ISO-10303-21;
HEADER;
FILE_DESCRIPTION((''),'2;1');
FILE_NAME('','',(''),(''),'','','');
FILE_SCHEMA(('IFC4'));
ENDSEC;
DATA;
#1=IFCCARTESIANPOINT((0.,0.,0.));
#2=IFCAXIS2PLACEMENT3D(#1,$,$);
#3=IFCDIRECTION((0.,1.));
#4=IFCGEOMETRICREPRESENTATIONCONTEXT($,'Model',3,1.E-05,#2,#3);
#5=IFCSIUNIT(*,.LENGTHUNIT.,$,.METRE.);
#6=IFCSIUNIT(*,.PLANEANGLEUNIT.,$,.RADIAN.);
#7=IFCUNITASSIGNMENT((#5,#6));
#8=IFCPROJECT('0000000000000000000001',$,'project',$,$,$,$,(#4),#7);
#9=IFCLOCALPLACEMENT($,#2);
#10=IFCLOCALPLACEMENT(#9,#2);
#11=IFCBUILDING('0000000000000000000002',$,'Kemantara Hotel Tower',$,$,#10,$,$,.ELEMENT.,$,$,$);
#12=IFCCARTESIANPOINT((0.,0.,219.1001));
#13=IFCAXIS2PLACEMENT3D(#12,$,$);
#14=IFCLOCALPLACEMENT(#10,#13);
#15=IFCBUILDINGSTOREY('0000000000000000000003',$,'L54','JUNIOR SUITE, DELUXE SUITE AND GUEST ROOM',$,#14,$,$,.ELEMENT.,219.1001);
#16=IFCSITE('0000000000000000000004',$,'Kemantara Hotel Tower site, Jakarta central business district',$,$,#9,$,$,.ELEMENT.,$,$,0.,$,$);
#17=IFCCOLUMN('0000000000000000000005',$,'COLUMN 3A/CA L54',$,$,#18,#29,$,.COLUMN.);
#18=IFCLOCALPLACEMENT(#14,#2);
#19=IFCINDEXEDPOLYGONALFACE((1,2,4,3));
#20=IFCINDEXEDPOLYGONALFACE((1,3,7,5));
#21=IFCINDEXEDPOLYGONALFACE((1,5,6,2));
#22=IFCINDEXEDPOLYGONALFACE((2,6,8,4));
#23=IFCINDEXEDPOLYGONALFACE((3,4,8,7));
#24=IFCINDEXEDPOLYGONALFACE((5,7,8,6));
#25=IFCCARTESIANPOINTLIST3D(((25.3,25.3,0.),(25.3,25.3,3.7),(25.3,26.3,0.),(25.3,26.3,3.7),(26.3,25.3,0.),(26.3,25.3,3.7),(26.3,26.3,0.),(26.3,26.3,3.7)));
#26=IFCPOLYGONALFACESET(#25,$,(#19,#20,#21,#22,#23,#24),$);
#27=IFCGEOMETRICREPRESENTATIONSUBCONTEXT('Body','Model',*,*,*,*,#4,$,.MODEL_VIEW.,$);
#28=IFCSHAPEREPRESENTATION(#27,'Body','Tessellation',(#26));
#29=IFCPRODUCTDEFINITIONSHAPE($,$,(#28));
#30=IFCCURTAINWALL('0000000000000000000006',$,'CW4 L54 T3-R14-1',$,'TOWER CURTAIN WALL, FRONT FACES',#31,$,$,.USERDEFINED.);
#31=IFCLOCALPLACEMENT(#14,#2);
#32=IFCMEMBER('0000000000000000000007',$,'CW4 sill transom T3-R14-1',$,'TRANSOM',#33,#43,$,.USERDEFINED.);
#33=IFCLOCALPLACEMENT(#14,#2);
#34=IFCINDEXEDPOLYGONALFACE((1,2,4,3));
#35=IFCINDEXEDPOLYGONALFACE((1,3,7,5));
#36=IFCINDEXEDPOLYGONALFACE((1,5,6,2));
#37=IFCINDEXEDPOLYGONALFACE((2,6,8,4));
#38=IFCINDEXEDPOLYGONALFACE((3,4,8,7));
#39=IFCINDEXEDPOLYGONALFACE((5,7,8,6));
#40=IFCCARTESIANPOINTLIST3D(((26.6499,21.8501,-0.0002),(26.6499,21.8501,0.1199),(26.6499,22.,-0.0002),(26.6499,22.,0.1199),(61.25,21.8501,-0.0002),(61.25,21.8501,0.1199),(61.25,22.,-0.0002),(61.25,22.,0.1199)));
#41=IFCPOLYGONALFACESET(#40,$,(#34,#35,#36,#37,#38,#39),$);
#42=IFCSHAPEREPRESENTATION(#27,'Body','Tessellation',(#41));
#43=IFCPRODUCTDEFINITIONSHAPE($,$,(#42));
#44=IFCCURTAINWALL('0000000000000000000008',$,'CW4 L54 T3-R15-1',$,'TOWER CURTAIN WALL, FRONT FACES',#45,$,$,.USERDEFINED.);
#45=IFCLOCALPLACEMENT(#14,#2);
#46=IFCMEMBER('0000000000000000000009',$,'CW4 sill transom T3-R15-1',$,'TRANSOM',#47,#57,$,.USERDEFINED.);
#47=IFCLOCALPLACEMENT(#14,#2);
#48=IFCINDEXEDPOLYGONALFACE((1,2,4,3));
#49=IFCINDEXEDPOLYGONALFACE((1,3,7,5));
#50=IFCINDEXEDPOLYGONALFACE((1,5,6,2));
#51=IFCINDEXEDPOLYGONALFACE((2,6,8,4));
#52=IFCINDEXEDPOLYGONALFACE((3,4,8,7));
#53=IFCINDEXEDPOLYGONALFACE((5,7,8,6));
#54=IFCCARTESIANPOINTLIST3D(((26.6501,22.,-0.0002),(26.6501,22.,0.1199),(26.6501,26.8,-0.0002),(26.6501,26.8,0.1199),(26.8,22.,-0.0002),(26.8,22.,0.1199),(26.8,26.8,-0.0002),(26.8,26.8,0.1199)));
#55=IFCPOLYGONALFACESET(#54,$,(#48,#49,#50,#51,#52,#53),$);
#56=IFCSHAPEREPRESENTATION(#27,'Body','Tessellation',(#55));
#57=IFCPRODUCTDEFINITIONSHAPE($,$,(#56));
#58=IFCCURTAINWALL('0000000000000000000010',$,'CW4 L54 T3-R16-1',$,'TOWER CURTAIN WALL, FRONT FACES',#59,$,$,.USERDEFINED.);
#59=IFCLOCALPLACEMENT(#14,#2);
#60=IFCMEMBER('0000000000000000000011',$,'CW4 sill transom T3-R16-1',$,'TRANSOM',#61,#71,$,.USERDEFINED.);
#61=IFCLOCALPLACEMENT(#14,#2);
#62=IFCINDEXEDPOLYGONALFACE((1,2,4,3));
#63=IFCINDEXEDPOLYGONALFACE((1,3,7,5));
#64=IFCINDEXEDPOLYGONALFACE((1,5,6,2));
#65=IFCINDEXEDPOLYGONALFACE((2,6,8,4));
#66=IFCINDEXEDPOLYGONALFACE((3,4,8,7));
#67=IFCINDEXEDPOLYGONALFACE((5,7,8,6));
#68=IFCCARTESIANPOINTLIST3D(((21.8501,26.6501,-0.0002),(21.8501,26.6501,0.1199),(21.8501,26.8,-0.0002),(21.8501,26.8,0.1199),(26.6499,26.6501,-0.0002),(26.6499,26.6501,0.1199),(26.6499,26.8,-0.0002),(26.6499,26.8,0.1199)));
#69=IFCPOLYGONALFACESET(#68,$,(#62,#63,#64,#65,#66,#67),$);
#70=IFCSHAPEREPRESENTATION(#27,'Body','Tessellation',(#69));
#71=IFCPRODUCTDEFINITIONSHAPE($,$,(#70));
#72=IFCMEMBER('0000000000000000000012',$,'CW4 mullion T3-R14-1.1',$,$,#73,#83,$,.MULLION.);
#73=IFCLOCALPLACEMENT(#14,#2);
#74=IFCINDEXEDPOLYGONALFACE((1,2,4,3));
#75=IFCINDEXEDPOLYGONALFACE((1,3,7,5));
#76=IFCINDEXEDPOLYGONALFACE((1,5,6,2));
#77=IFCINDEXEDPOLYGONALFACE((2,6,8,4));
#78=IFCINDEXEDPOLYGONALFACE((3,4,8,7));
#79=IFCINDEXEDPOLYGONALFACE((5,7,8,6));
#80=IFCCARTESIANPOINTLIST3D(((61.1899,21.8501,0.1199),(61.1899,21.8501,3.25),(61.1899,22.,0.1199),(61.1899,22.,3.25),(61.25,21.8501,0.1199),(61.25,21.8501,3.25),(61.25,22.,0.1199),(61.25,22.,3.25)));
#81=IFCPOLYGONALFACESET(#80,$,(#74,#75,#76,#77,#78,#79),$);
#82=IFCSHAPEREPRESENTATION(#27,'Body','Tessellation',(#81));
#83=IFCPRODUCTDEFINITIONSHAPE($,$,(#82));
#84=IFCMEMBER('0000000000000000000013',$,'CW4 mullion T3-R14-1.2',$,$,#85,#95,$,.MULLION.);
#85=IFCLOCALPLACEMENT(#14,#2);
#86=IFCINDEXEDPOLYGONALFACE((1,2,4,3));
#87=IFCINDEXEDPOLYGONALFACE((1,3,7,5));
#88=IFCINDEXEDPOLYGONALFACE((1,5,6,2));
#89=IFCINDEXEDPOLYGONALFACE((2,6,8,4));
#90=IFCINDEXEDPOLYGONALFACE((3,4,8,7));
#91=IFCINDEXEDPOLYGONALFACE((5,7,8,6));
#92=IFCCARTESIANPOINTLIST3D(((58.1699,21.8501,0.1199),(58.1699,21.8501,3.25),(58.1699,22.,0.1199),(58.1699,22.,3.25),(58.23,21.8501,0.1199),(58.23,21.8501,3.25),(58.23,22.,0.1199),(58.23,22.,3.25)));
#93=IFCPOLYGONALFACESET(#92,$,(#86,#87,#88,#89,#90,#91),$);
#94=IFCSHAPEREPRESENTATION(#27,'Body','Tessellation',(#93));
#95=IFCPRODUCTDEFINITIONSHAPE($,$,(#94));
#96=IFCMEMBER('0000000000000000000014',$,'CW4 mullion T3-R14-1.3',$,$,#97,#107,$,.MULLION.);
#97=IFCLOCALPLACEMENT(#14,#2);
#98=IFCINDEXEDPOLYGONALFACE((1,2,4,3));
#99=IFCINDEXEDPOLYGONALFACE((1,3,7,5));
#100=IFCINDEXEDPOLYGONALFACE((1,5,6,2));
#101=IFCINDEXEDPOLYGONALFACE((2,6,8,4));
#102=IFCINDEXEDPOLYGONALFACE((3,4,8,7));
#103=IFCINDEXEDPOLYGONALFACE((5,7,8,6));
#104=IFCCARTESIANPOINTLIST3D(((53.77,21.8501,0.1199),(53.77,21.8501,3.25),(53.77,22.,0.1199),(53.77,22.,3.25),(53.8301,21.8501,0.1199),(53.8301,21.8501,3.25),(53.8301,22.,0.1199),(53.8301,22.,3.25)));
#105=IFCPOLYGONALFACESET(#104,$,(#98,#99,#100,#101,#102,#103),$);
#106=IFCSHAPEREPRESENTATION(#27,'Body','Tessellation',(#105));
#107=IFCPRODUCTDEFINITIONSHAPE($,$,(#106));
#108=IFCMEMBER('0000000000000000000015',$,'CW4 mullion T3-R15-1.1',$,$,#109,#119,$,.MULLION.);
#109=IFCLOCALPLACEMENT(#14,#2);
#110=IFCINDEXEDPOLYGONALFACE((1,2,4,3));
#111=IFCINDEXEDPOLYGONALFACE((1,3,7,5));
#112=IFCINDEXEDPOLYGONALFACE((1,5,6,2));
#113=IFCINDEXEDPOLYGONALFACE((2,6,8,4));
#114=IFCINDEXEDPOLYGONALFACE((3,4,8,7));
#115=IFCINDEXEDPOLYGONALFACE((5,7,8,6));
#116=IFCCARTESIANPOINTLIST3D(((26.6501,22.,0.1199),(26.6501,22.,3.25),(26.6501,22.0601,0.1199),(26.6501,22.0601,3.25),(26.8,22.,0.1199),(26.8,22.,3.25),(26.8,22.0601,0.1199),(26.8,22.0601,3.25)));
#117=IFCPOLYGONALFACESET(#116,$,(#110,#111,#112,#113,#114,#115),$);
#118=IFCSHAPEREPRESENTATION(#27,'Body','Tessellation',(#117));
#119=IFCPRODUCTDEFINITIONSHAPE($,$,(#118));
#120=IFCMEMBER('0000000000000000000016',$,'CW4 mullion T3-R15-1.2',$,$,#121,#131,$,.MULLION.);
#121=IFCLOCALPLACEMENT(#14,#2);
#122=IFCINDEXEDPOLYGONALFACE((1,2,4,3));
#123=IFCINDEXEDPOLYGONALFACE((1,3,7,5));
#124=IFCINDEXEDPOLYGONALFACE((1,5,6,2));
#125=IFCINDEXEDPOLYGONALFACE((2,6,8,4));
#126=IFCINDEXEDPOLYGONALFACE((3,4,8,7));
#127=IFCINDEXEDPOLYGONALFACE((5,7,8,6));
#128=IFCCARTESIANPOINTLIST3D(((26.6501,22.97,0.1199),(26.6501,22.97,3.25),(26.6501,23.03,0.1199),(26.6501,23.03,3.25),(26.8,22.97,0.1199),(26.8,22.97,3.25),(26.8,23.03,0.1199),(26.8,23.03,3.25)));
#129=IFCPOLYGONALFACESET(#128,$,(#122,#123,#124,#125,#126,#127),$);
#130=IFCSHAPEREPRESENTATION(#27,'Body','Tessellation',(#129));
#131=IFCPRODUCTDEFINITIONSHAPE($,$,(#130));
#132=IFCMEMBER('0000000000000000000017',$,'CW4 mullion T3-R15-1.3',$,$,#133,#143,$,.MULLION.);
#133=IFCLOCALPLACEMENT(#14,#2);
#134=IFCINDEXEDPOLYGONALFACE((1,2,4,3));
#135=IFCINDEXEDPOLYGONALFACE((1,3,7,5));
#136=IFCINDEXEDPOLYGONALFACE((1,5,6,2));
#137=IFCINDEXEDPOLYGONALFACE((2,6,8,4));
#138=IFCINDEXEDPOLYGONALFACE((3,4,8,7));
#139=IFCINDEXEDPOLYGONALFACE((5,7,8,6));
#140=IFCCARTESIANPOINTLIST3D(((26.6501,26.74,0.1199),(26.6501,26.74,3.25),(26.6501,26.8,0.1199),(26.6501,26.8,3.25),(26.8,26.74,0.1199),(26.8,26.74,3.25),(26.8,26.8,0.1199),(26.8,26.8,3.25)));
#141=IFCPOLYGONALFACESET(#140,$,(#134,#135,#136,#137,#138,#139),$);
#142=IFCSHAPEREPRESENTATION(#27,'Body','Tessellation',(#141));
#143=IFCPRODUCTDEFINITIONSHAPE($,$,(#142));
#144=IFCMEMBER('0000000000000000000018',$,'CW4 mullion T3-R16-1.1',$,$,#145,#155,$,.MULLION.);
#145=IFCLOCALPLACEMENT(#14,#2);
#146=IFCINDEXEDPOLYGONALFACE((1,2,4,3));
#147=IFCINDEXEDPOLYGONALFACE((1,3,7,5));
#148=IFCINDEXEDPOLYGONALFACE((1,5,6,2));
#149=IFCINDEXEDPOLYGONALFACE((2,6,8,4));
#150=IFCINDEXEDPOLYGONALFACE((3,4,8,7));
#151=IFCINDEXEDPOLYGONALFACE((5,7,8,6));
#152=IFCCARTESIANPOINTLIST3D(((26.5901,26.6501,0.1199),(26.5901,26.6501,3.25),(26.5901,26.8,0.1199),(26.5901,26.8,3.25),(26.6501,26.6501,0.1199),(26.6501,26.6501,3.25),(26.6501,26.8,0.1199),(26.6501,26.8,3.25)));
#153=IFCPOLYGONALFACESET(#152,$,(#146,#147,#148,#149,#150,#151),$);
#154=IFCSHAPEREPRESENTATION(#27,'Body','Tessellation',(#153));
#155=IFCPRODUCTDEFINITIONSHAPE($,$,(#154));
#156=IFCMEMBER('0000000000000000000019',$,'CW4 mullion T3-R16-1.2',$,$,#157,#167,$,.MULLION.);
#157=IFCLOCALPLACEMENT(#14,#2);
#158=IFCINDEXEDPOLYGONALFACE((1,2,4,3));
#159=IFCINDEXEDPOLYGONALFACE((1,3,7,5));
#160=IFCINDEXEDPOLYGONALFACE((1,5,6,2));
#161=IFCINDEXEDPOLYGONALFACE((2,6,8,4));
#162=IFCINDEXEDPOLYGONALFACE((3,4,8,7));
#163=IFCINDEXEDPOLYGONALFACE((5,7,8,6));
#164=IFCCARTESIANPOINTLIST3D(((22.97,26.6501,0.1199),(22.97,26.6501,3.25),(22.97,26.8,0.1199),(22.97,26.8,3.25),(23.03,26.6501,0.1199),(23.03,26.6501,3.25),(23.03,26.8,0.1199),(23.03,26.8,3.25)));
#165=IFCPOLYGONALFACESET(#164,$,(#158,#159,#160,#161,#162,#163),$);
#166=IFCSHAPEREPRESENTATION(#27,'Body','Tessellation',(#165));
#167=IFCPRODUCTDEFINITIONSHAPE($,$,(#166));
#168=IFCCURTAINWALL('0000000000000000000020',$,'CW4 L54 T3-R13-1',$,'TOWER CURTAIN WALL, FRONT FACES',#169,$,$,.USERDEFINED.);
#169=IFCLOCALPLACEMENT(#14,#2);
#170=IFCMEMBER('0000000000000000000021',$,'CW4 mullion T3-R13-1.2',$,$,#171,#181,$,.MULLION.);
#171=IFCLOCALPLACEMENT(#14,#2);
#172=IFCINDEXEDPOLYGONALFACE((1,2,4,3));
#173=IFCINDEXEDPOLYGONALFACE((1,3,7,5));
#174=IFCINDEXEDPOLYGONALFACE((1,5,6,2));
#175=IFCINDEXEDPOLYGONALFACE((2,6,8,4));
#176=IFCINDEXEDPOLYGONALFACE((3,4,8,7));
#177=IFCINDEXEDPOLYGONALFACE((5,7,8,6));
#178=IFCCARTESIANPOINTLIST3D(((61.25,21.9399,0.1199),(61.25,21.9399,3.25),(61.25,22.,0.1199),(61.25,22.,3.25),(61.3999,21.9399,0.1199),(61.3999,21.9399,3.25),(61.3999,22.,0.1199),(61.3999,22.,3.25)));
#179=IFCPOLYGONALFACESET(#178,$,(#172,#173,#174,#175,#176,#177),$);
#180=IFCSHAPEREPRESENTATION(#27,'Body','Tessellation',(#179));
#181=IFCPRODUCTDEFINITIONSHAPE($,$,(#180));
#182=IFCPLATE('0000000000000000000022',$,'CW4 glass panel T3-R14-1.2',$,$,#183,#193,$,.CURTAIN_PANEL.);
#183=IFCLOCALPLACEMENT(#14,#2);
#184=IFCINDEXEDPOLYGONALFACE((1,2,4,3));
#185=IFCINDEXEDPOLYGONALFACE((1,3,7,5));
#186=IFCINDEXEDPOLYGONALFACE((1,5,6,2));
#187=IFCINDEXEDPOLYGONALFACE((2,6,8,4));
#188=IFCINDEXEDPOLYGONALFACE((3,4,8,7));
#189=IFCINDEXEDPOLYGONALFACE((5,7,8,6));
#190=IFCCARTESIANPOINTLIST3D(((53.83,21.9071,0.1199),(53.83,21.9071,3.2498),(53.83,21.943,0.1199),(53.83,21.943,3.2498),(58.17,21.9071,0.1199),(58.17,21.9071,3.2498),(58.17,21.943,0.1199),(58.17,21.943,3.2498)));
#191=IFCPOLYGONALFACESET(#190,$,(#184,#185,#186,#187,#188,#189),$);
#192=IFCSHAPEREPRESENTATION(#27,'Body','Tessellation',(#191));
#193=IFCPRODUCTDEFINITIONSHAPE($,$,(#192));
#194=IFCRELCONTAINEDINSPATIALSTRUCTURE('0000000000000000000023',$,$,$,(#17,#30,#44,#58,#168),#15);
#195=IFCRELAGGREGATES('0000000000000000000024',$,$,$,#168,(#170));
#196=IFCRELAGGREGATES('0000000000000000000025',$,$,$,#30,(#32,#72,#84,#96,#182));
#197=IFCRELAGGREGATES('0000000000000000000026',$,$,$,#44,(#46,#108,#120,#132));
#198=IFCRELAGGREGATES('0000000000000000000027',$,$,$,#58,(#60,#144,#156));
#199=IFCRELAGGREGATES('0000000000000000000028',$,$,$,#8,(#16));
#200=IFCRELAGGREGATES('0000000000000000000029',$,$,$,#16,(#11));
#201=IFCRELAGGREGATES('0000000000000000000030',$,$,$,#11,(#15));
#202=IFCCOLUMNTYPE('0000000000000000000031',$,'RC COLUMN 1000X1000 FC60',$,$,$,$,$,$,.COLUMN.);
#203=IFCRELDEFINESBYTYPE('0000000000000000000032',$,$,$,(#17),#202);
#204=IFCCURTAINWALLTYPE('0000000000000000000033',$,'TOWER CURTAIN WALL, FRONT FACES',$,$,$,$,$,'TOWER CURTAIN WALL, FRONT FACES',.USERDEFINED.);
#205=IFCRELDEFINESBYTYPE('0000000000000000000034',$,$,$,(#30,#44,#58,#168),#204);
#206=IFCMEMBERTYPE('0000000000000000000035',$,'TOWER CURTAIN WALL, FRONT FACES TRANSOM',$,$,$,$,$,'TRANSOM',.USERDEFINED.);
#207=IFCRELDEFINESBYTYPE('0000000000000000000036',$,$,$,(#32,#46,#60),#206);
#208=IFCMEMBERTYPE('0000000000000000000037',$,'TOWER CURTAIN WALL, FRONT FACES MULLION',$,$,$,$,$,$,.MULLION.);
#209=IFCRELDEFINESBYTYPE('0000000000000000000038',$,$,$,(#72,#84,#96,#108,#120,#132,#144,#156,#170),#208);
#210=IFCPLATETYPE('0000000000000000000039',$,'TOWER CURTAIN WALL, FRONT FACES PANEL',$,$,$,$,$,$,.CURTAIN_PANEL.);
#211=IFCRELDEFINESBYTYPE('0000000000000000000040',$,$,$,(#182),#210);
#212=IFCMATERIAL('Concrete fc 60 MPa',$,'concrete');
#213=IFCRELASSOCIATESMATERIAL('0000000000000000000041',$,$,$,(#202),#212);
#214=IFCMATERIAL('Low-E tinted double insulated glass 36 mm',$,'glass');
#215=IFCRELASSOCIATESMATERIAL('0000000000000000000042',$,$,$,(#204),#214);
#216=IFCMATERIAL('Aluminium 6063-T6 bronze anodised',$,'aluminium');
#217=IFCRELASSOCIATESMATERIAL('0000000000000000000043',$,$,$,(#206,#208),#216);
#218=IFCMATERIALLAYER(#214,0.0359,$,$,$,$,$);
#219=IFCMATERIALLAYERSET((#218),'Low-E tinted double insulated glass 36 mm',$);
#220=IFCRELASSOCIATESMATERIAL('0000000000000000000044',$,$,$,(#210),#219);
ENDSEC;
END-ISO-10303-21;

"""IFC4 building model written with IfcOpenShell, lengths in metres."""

from ifc_helpers import new_model, si_unit, direction, frame, origin, origin_2d, place, context, subcontext, project, spatial, rectangle, extrude, source, transform, mapped, material, layer, layer_set, material_profile, profile_set, type_object, element, aggregate, save


model = new_model("IFC4")

# Units and contexts
model_context = context("Model", 3, precision=1e-05, world=origin(), true_north=direction((0.0, 1.0)))
body_context = subcontext(model_context, "Body", "Model", "MODEL_VIEW")
ifc_project = project(units=[si_unit("LENGTHUNIT", "METRE"), si_unit("PLANEANGLEUNIT", "RADIAN")], contexts=[model_context])

# Site, building, storey
site_placement = place(None, origin())
site = spatial("IfcSite", under=ifc_project, at=site_placement, Name="Kemantara Hotel Tower site, Jakarta central business district", CompositionType="ELEMENT", RefElevation=0.0)
building_placement = place(site_placement, origin())
building = spatial("IfcBuilding", under=site, at=building_placement, Name="Kemantara Hotel Tower", CompositionType="ELEMENT")
storey_placement = place(building_placement, frame((0.0, 0.0, 219.1001)))
storey = spatial("IfcBuildingStorey", under=building, at=storey_placement, Name="L54", Description="JUNIOR SUITE, DELUXE SUITE AND GUEST ROOM", CompositionType="ELEMENT", Elevation=219.1001)

# Column
ifc_material_1 = material(Name="Concrete fc 60 MPa", Category="concrete")
ifc_material_profile_1 = material_profile(ifc_material_1, rectangle(XDim=1.0, YDim=1.0, at=origin_2d()), Name="RC 1000X1000")
ifc_profile_set_1 = profile_set([ifc_material_profile_1], Name="Concrete fc 60 MPa")
column_type = type_object("IfcColumnType", Name="RC COLUMN 1000X1000 FC60", PredefinedType="COLUMN", material=ifc_profile_set_1)
column_placement = place(storey_placement, frame((25.8, 25.8, 0.0), z_axis=(0.0, 0.0, 1.0), x_axis=(1.0, 0.0, 0.0)))
element("IfcColumn", 1, at=column_placement, inside=storey, type_object=column_type, Name="COLUMN 3A/CA L54", PredefinedType="COLUMN", context=body_context, shape_type="SweptSolid", body=[
    extrude(rectangle(XDim=1.0, YDim=1.0, at=origin_2d()), origin(), (0.0, 0.0, 1.0), 3.7),
])

# Curtain walls, members
ifc_material_2 = material(Name="Low-E tinted double insulated glass 36 mm", Category="glass")
curtain_wall_type = type_object("IfcCurtainWallType", Name="TOWER CURTAIN WALL, FRONT FACES", ElementType="TOWER CURTAIN WALL, FRONT FACES", PredefinedType="USERDEFINED", material=ifc_material_2)
curtain_wall_1_placement = place(storey_placement, origin())
curtain_wall_1 = element("IfcCurtainWall", 2, at=curtain_wall_1_placement, inside=storey, type_object=curtain_wall_type, Name="CW4 L54 T3-R14-1", ObjectType="TOWER CURTAIN WALL, FRONT FACES", PredefinedType="USERDEFINED")
ifc_material_3 = material(Name="Aluminium 6063-T6 bronze anodised", Category="aluminium")
ifc_material_profile_2 = material_profile(ifc_material_3, rectangle(XDim=0.1499, YDim=0.1201, at=origin_2d()), Name="TOWER CURTAIN WALL, FRONT FACES TRANSOM")
ifc_profile_set_2 = profile_set([ifc_material_profile_2], Name="Aluminium 6063-T6 bronze anodised")
member_type_1 = type_object("IfcMemberType", Name="TOWER CURTAIN WALL, FRONT FACES TRANSOM", ElementType="TRANSOM", PredefinedType="USERDEFINED", material=ifc_profile_set_2)
member_1_placement = place(storey_placement, frame((61.25, 21.925, 0.0598), z_axis=(-1.0, 0.0, 0.0), x_axis=(0.0, -1.0, 0.0)))
member_1 = element("IfcMember", 3, at=member_1_placement, type_object=member_type_1, Name="CW4 sill transom T3-R14-1", ObjectType="TRANSOM", PredefinedType="USERDEFINED", context=body_context, shape_type="SweptSolid", body=[
    extrude(rectangle(XDim=0.1499, YDim=0.1201, at=origin_2d()), origin(), (0.0, 0.0, 1.0), 34.6001),
])
curtain_wall_2_placement = place(storey_placement, origin())
curtain_wall_2 = element("IfcCurtainWall", 4, at=curtain_wall_2_placement, inside=storey, type_object=curtain_wall_type, Name="CW4 L54 T3-R15-1", ObjectType="TOWER CURTAIN WALL, FRONT FACES", PredefinedType="USERDEFINED")
member_2_placement = place(storey_placement, frame((26.7251, 22.0, 0.0598), z_axis=(0.0, 1.0, 0.0), x_axis=(-1.0, 0.0, 0.0)))
member_2 = element("IfcMember", 5, at=member_2_placement, type_object=member_type_1, Name="CW4 sill transom T3-R15-1", ObjectType="TRANSOM", PredefinedType="USERDEFINED", context=body_context, shape_type="SweptSolid", body=[
    extrude(rectangle(XDim=0.1499, YDim=0.1201, at=origin_2d()), origin(), (0.0, 0.0, 1.0), 4.8),
])
curtain_wall_3_placement = place(storey_placement, origin())
curtain_wall_3 = element("IfcCurtainWall", 6, at=curtain_wall_3_placement, inside=storey, type_object=curtain_wall_type, Name="CW4 L54 T3-R16-1", ObjectType="TOWER CURTAIN WALL, FRONT FACES", PredefinedType="USERDEFINED")
member_3_placement = place(storey_placement, frame((26.6499, 26.7251, 0.0598), z_axis=(-1.0, 0.0, 0.0), x_axis=(0.0, -1.0, 0.0)))
member_3 = element("IfcMember", 7, at=member_3_placement, type_object=member_type_1, Name="CW4 sill transom T3-R16-1", ObjectType="TRANSOM", PredefinedType="USERDEFINED", context=body_context, shape_type="SweptSolid", body=[
    extrude(rectangle(XDim=0.1499, YDim=0.1201, at=origin_2d()), origin(), (0.0, 0.0, 1.0), 4.7998),
])

# Members
ifc_material_profile_3 = material_profile(ifc_material_3, rectangle(XDim=0.1499, YDim=0.0601, at=origin_2d()), Name="TOWER CURTAIN WALL, FRONT FACES MULLION")
ifc_profile_set_3 = profile_set([ifc_material_profile_3], Name="Aluminium 6063-T6 bronze anodised")
member_type_2 = type_object("IfcMemberType", Name="TOWER CURTAIN WALL, FRONT FACES MULLION", PredefinedType="MULLION", material=ifc_profile_set_3)
shared_shape_1 = source(origin(), body_context, "Body", "SweptSolid", [
    extrude(rectangle(XDim=0.1499, YDim=0.0601, at=origin_2d()), origin(), (0.0, 0.0, 1.0), 3.1301),
])
member_4_placement = place(storey_placement, frame((61.22, 21.925, 0.1199), z_axis=(0.0, 0.0, 1.0), x_axis=(0.0, -1.0, 0.0)))
member_4 = element("IfcMember", 8, at=member_4_placement, type_object=member_type_2, Name="CW4 mullion T3-R14-1.1", PredefinedType="MULLION", context=body_context, shape_type="MappedRepresentation", body=[
    mapped(shared_shape_1, transform((0.0, 0.0, 0.0))),
])
member_5_placement = place(storey_placement, frame((58.2, 21.925, 0.1199), z_axis=(0.0, 0.0, 1.0), x_axis=(0.0, -1.0, 0.0)))
member_5 = element("IfcMember", 9, at=member_5_placement, type_object=member_type_2, Name="CW4 mullion T3-R14-1.2", PredefinedType="MULLION", context=body_context, shape_type="MappedRepresentation", body=[
    mapped(shared_shape_1, transform((0.0, 0.0, 0.0))),
])
member_6_placement = place(storey_placement, frame((53.8, 21.925, 0.1199), z_axis=(0.0, 0.0, 1.0), x_axis=(0.0, -1.0, 0.0)))
member_6 = element("IfcMember", 10, at=member_6_placement, type_object=member_type_2, Name="CW4 mullion T3-R14-1.3", PredefinedType="MULLION", context=body_context, shape_type="MappedRepresentation", body=[
    mapped(shared_shape_1, transform((0.0, 0.0, 0.0))),
])
member_7_placement = place(storey_placement, frame((26.7251, 22.03, 0.1199), z_axis=(0.0, 0.0, 1.0), x_axis=(-1.0, 0.0, 0.0)))
member_7 = element("IfcMember", 11, at=member_7_placement, type_object=member_type_2, Name="CW4 mullion T3-R15-1.1", PredefinedType="MULLION", context=body_context, shape_type="MappedRepresentation", body=[
    mapped(shared_shape_1, transform((0.0, 0.0, 0.0))),
])
member_8_placement = place(storey_placement, frame((26.7251, 23.0, 0.1199), z_axis=(0.0, 0.0, 1.0), x_axis=(-1.0, 0.0, 0.0)))
member_8 = element("IfcMember", 12, at=member_8_placement, type_object=member_type_2, Name="CW4 mullion T3-R15-1.2", PredefinedType="MULLION", context=body_context, shape_type="MappedRepresentation", body=[
    mapped(shared_shape_1, transform((0.0, 0.0, 0.0))),
])
member_9_placement = place(storey_placement, frame((26.7251, 26.77, 0.1199), z_axis=(0.0, 0.0, 1.0), x_axis=(-1.0, 0.0, 0.0)))
member_9 = element("IfcMember", 13, at=member_9_placement, type_object=member_type_2, Name="CW4 mullion T3-R15-1.3", PredefinedType="MULLION", context=body_context, shape_type="MappedRepresentation", body=[
    mapped(shared_shape_1, transform((0.0, 0.0, 0.0))),
])
member_10_placement = place(storey_placement, frame((26.6201, 26.7251, 0.1199), z_axis=(0.0, 0.0, 1.0), x_axis=(0.0, -1.0, 0.0)))
member_10 = element("IfcMember", 14, at=member_10_placement, type_object=member_type_2, Name="CW4 mullion T3-R16-1.1", PredefinedType="MULLION", context=body_context, shape_type="MappedRepresentation", body=[
    mapped(shared_shape_1, transform((0.0, 0.0, 0.0))),
])
member_11_placement = place(storey_placement, frame((23.0, 26.7251, 0.1199), z_axis=(0.0, 0.0, 1.0), x_axis=(0.0, -1.0, 0.0)))
member_11 = element("IfcMember", 15, at=member_11_placement, type_object=member_type_2, Name="CW4 mullion T3-R16-1.2", PredefinedType="MULLION", context=body_context, shape_type="MappedRepresentation", body=[
    mapped(shared_shape_1, transform((0.0, 0.0, 0.0))),
])

# Curtain wall, member
curtain_wall_4_placement = place(storey_placement, origin())
curtain_wall_4 = element("IfcCurtainWall", 16, at=curtain_wall_4_placement, inside=storey, type_object=curtain_wall_type, Name="CW4 L54 T3-R13-1", ObjectType="TOWER CURTAIN WALL, FRONT FACES", PredefinedType="USERDEFINED")
member_12_placement = place(storey_placement, frame((61.325, 21.97, 0.1199), z_axis=(0.0, 0.0, 1.0), x_axis=(-1.0, 0.0, 0.0)))
member_12 = element("IfcMember", 17, at=member_12_placement, type_object=member_type_2, Name="CW4 mullion T3-R13-1.2", PredefinedType="MULLION", context=body_context, shape_type="MappedRepresentation", body=[
    mapped(shared_shape_1, transform((0.0, 0.0, 0.0))),
])
aggregate(curtain_wall_4, [member_12])

# Plate
ifc_layer_1 = layer(ifc_material_2, 0.0359)
ifc_layer_set_1 = layer_set([ifc_layer_1], Name="Low-E tinted double insulated glass 36 mm")
plate_type = type_object("IfcPlateType", Name="TOWER CURTAIN WALL, FRONT FACES PANEL", PredefinedType="CURTAIN_PANEL", material=ifc_layer_set_1)
shared_shape_2 = source(origin(), body_context, "Body", "SweptSolid", [
    extrude(rectangle(XDim=4.3401, YDim=0.0359, at=origin_2d()), origin(), (0.0, 0.0, 1.0), 3.1299),
])
plate_1_placement = place(storey_placement, frame((56.0, 21.925, 0.1199), z_axis=(0.0, 0.0, 1.0), x_axis=(-1.0, 0.0, 0.0)))
plate_1 = element("IfcPlate", 18, at=plate_1_placement, type_object=plate_type, Name="CW4 glass panel T3-R14-1.2", PredefinedType="CURTAIN_PANEL", context=body_context, shape_type="MappedRepresentation", body=[
    mapped(shared_shape_2, transform((0.0, 0.0, 0.0))),
])

aggregate(curtain_wall_1, [member_1, member_4, member_5, member_6, plate_1])
aggregate(curtain_wall_2, [member_2, member_7, member_8, member_9])
aggregate(curtain_wall_3, [member_3, member_10, member_11])

save(model, "model.ifc")
